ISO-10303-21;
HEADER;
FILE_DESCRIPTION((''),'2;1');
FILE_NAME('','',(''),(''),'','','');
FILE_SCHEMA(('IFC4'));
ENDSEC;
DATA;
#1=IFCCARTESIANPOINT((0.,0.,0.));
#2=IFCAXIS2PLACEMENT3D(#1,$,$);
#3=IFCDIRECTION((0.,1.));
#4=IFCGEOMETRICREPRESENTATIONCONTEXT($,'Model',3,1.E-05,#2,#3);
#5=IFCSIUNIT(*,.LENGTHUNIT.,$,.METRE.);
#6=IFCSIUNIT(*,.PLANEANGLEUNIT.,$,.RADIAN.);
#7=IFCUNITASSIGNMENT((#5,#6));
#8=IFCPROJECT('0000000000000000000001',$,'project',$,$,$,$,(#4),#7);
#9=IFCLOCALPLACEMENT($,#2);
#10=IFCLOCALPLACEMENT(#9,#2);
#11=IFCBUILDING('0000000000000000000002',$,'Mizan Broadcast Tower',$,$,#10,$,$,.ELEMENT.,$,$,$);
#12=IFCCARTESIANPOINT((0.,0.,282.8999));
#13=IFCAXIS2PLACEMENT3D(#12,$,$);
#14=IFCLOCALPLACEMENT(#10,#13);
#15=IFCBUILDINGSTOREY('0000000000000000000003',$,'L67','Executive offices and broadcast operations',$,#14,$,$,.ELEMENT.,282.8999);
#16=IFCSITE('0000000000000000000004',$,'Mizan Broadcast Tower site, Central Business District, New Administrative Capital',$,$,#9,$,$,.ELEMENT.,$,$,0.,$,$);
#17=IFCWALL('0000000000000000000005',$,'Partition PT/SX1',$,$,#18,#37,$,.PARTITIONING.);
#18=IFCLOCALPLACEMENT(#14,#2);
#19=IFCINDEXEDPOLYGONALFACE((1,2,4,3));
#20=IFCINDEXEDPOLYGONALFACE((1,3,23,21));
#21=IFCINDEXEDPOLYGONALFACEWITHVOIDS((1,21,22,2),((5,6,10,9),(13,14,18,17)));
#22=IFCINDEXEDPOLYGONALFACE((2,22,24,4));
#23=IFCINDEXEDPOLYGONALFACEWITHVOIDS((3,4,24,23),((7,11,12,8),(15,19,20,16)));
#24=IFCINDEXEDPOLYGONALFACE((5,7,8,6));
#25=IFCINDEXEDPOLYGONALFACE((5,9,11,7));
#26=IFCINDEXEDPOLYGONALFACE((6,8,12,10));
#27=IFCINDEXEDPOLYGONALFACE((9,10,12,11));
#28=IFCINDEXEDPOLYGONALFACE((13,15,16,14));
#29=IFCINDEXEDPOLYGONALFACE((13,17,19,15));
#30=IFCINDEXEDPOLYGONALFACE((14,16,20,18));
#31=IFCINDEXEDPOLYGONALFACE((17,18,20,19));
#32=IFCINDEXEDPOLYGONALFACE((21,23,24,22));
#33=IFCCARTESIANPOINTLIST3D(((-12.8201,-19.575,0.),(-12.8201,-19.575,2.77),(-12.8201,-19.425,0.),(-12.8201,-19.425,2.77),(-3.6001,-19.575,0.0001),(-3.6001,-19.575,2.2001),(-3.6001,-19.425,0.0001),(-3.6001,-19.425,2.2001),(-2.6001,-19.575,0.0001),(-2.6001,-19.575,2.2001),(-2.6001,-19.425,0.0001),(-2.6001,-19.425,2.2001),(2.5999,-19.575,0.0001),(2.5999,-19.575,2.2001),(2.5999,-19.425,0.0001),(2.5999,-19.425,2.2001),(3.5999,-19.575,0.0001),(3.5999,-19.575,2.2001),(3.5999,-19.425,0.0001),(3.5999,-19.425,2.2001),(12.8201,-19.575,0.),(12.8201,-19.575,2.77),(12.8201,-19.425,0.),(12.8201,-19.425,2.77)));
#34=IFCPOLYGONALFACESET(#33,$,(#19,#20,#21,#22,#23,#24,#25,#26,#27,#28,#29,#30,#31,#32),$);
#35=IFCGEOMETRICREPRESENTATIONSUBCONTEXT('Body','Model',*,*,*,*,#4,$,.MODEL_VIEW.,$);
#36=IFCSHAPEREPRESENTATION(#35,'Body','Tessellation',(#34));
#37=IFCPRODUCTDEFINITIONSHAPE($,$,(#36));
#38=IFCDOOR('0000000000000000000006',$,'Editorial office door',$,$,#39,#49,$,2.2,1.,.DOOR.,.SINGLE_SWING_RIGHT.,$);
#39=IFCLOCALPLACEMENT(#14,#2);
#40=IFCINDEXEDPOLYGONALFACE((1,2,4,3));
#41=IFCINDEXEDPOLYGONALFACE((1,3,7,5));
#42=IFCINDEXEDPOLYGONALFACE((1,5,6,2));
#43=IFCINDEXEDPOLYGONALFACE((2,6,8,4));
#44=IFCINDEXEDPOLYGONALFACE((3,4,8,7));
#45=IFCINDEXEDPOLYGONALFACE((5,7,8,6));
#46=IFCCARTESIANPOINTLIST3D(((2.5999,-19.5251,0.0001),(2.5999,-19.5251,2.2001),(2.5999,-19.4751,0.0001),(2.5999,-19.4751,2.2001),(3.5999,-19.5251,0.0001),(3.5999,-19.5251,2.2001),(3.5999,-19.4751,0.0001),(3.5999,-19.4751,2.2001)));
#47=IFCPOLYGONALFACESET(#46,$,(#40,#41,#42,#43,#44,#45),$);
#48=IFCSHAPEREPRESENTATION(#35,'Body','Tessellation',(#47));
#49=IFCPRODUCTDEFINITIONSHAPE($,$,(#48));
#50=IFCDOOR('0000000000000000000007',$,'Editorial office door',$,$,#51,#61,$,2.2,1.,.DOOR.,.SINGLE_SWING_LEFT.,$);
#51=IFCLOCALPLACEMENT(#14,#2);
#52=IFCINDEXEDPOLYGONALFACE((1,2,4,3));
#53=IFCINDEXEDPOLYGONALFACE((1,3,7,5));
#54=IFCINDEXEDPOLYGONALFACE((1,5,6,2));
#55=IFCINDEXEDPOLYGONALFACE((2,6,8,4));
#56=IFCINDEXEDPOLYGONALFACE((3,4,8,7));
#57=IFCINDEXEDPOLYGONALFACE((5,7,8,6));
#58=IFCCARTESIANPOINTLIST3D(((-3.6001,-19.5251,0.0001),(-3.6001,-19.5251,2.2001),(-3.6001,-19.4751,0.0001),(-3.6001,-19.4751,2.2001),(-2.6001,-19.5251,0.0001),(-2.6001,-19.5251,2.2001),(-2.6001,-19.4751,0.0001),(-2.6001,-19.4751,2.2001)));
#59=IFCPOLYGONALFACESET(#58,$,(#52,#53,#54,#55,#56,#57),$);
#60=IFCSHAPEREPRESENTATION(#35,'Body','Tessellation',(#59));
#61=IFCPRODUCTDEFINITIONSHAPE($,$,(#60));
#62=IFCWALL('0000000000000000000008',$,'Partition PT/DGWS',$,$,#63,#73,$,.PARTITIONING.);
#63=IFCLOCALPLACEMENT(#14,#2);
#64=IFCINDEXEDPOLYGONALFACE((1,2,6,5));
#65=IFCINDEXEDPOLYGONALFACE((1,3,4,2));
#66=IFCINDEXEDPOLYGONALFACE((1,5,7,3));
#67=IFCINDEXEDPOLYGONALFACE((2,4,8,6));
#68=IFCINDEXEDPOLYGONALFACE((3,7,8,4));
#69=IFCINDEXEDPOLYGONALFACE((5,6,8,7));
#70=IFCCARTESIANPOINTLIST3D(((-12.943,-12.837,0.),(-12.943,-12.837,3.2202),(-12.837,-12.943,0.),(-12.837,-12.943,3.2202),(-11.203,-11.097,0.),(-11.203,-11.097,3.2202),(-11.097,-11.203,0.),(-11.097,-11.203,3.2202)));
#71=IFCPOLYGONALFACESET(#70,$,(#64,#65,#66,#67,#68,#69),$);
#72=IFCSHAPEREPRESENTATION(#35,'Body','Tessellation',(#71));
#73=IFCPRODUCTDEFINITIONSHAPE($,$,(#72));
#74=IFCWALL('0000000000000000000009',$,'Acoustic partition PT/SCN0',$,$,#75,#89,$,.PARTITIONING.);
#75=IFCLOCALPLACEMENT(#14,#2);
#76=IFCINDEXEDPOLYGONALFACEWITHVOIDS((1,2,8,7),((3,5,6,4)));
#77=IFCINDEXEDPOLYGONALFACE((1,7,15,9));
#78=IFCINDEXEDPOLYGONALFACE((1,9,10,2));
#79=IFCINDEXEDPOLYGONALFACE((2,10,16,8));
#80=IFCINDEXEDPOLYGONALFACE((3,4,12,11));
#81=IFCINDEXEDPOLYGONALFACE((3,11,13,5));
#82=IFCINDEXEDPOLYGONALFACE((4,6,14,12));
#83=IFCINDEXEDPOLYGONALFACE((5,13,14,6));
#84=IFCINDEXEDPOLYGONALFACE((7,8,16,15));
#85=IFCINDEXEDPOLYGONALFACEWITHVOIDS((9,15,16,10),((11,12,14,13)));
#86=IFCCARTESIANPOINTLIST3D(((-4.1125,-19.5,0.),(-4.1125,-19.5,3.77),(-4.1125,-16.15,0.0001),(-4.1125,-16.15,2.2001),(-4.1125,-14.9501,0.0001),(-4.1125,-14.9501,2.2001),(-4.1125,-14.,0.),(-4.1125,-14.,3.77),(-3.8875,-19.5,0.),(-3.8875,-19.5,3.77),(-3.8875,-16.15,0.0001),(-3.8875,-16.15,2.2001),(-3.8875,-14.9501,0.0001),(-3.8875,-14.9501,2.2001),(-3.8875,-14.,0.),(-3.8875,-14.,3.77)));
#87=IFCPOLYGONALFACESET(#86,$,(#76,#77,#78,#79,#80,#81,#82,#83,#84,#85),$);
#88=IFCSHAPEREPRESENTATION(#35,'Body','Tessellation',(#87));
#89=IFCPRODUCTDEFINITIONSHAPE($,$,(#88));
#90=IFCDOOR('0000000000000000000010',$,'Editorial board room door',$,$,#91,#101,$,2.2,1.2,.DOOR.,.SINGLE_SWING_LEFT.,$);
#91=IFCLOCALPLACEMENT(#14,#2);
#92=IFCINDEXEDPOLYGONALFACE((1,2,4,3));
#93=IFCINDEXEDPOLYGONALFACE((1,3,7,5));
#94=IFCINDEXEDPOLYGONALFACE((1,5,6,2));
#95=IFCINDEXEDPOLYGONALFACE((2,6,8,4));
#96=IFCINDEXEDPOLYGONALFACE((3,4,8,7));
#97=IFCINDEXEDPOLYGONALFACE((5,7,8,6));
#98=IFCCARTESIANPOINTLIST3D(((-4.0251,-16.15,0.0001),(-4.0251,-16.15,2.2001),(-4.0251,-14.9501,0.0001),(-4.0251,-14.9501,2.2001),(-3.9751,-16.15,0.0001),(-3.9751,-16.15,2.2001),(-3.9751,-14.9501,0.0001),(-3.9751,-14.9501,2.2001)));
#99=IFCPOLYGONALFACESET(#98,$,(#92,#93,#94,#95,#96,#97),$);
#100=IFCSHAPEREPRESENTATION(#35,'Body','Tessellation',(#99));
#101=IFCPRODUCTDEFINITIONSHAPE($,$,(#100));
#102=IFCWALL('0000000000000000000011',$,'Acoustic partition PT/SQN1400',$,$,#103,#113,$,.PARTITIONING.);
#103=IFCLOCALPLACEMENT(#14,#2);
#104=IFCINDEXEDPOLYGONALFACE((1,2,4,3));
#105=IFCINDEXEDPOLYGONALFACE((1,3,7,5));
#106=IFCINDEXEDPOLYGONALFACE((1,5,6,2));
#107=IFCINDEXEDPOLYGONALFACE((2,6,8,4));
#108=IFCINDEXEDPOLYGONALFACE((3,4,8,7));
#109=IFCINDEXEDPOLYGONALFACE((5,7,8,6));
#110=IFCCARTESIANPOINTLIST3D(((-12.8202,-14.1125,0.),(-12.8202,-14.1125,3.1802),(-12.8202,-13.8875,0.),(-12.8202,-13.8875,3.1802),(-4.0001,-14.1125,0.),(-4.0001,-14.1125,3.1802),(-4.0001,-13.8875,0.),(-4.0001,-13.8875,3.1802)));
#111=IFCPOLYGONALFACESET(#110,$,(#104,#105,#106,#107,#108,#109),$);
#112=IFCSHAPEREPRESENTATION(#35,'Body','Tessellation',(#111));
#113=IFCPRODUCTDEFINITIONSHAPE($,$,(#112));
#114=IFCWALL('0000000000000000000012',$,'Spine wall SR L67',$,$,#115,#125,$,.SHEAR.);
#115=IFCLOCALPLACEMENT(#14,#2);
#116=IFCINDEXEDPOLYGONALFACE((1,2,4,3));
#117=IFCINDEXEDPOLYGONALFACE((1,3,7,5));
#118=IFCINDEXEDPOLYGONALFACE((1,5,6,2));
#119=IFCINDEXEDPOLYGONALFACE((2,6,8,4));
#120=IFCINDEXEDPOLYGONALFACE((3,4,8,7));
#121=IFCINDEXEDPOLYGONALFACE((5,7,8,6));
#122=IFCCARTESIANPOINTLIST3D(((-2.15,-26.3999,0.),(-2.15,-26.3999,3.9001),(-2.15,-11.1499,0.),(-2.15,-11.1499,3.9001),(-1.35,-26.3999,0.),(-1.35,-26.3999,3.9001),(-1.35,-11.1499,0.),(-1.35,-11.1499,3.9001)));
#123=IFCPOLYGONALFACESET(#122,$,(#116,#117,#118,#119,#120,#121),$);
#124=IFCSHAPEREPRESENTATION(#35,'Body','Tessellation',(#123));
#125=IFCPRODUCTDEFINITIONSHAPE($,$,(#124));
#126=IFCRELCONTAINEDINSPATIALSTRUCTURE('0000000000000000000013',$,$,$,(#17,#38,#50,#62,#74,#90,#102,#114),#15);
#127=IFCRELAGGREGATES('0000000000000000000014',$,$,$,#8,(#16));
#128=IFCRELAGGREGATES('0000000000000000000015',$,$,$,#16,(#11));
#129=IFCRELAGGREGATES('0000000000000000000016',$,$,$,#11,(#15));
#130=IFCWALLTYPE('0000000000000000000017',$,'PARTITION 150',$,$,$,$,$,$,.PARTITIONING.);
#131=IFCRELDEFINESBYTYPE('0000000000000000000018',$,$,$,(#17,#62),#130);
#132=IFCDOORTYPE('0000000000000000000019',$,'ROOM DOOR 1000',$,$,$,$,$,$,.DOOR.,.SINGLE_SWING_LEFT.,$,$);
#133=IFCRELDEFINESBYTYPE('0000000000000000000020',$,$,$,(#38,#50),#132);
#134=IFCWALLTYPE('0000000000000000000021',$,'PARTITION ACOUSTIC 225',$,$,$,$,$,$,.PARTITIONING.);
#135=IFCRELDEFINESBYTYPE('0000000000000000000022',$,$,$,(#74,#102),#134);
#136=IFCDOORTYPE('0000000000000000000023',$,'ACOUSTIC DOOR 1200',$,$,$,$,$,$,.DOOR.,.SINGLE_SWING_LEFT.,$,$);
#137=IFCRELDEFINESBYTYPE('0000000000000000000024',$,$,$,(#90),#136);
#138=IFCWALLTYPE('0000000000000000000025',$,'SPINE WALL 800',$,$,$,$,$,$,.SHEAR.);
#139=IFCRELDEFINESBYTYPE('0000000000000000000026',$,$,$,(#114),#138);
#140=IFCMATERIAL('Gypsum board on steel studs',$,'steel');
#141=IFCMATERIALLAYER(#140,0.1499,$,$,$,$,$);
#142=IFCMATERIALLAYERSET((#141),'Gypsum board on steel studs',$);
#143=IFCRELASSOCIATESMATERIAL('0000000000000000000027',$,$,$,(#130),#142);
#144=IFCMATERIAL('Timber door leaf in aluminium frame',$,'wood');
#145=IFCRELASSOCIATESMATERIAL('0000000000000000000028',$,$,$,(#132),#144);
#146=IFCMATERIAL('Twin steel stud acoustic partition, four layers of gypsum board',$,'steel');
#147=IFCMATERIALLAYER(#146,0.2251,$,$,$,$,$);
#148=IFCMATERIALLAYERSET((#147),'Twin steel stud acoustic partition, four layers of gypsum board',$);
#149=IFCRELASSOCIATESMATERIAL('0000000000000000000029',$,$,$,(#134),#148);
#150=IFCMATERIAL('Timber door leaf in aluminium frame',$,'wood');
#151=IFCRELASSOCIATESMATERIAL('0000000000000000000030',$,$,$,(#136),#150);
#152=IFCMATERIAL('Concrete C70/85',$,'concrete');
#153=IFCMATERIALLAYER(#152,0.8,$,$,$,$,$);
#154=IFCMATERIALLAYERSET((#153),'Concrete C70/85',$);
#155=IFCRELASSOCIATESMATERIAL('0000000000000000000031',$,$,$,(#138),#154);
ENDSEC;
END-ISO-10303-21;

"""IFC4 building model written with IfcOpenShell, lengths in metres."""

from ifc_helpers import new_model, si_unit, direction, frame, frame_2d, origin, place, context, subcontext, project, spatial, rectangle, extrude, material, layer, layer_set, type_object, element, fill, save


model = new_model("IFC4")

# Units and contexts
model_context = context("Model", 3, precision=1e-05, world=origin(), true_north=direction((0.0, 1.0)))
body_context = subcontext(model_context, "Body", "Model", "MODEL_VIEW")
ifc_project = project(units=[si_unit("LENGTHUNIT", "METRE"), si_unit("PLANEANGLEUNIT", "RADIAN")], contexts=[model_context])

# Site, building, storey
site_placement = place(None, origin())
site = spatial("IfcSite", under=ifc_project, at=site_placement, Name="Mizan Broadcast Tower site, Central Business District, New Administrative Capital", CompositionType="ELEMENT", RefElevation=0.0)
building_placement = place(site_placement, origin())
building = spatial("IfcBuilding", under=site, at=building_placement, Name="Mizan Broadcast Tower", CompositionType="ELEMENT")
storey_placement = place(building_placement, frame((0.0, 0.0, 282.8999)))
storey = spatial("IfcBuildingStorey", under=building, at=storey_placement, Name="L67", Description="Executive offices and broadcast operations", CompositionType="ELEMENT", Elevation=282.8999)

# Wall, openings, doors
ifc_material_1 = material(Name="Gypsum board on steel studs", Category="steel")
ifc_layer_1 = layer(ifc_material_1, 0.1499)
ifc_layer_set_1 = layer_set([ifc_layer_1], Name="Gypsum board on steel studs")
wall_type_1 = type_object("IfcWallType", Name="PARTITION 150", PredefinedType="PARTITIONING", material=ifc_layer_set_1)
wall_1_placement = place(storey_placement, frame((-12.8201, -19.5, 0.0), z_axis=(0.0, 0.0, 1.0), x_axis=(1.0, 0.0, 0.0)))
wall_1 = element("IfcWall", 1, at=wall_1_placement, inside=storey, type_object=wall_type_1, Name="Partition PT/SX1", PredefinedType="PARTITIONING", context=body_context, shape_type="SweptSolid", body=[
    extrude(rectangle(XDim=25.6401, YDim=0.1499, at=frame_2d((12.8201, 0.0))), origin(), (0.0, 0.0, 1.0), 2.77),
])
opening_1_placement = place(wall_1_placement, frame((15.4199, 0.0, 0.0)))
opening_1 = element("IfcOpeningElement", 2, at=opening_1_placement, cuts=wall_1, PredefinedType="OPENING", context=body_context, shape_type="SweptSolid", body=[
    extrude(rectangle(XDim=1.0, YDim=2.2, at=frame_2d((0.5, 1.1001))), frame((0.0, 0.085, 0.0), z_axis=(0.0, -1.0, 0.0), x_axis=(1.0, 0.0, 0.0)), (0.0, 0.0, 1.0), 0.1699),
])
opening_2_placement = place(wall_1_placement, frame((9.22, 0.0, 0.0)))
opening_2 = element("IfcOpeningElement", 3, at=opening_2_placement, cuts=wall_1, PredefinedType="OPENING", context=body_context, shape_type="SweptSolid", body=[
    extrude(rectangle(XDim=1.0, YDim=2.2, at=frame_2d((0.5, 1.1001))), frame((0.0, 0.085, 0.0), z_axis=(0.0, -1.0, 0.0), x_axis=(1.0, 0.0, 0.0)), (0.0, 0.0, 1.0), 0.1699),
])
ifc_material_2 = material(Name="Timber door leaf in aluminium frame", Category="wood")
door_type_1 = type_object("IfcDoorType", Name="ROOM DOOR 1000", OperationType="SINGLE_SWING_LEFT", PredefinedType="DOOR", material=ifc_material_2)
door_1_placement = place(opening_1_placement, origin())
door_1 = element("IfcDoor", 4, at=door_1_placement, inside=storey, type_object=door_type_1, Name="Editorial office door", OperationType="SINGLE_SWING_RIGHT", OverallHeight=2.2, OverallWidth=1.0, PredefinedType="DOOR", context=body_context, shape_type="SweptSolid", body=[
    extrude(rectangle(XDim=1.0, YDim=2.2, at=frame_2d((0.5, 1.1001))), frame((0.0, 0.0249, 0.0), z_axis=(0.0, -1.0, 0.0), x_axis=(1.0, 0.0, 0.0)), (0.0, 0.0, 1.0), 0.05),
])
fill(opening_1, door_1)
door_2_placement = place(opening_2_placement, origin())
door_2 = element("IfcDoor", 5, at=door_2_placement, inside=storey, type_object=door_type_1, Name="Editorial office door", OperationType="SINGLE_SWING_LEFT", OverallHeight=2.2, OverallWidth=1.0, PredefinedType="DOOR", context=body_context, shape_type="SweptSolid", body=[
    extrude(rectangle(XDim=1.0, YDim=2.2, at=frame_2d((0.5, 1.1001))), frame((0.0, 0.0249, 0.0), z_axis=(0.0, -1.0, 0.0), x_axis=(1.0, 0.0, 0.0)), (0.0, 0.0, 1.0), 0.05),
])
fill(opening_2, door_2)

# Wall
wall_2_placement = place(storey_placement, frame((-11.1499, -11.1499, 0.0), z_axis=(0.0, 0.0, 1.0), x_axis=(-0.707107, -0.707107, 0.0)))
element("IfcWall", 6, at=wall_2_placement, inside=storey, type_object=wall_type_1, Name="Partition PT/DGWS", PredefinedType="PARTITIONING", context=body_context, shape_type="SweptSolid", body=[
    extrude(rectangle(XDim=2.4607, YDim=0.1499, at=frame_2d((1.2305, 0.0))), origin(), (0.0, 0.0, 1.0), 3.2202),
])

# Wall, opening, door
ifc_material_3 = material(Name="Twin steel stud acoustic partition, four layers of gypsum board", Category="steel")
ifc_layer_2 = layer(ifc_material_3, 0.2251)
ifc_layer_set_2 = layer_set([ifc_layer_2], Name="Twin steel stud acoustic partition, four layers of gypsum board")
wall_type_2 = type_object("IfcWallType", Name="PARTITION ACOUSTIC 225", PredefinedType="PARTITIONING", material=ifc_layer_set_2)
wall_3_placement = place(storey_placement, frame((-4.0, -14.0, 0.0), z_axis=(0.0, 0.0, 1.0), x_axis=(0.0, -1.0, 0.0)))
wall_3 = element("IfcWall", 7, at=wall_3_placement, inside=storey, type_object=wall_type_2, Name="Acoustic partition PT/SCN0", PredefinedType="PARTITIONING", context=body_context, shape_type="SweptSolid", body=[
    extrude(rectangle(XDim=5.5, YDim=0.2251, at=frame_2d((2.75, 0.0))), origin(), (0.0, 0.0, 1.0), 3.77),
])
opening_3_placement = place(wall_3_placement, frame((0.95, 0.0, 0.0)))
opening_3 = element("IfcOpeningElement", 8, at=opening_3_placement, cuts=wall_3, PredefinedType="OPENING", context=body_context, shape_type="SweptSolid", body=[
    extrude(rectangle(XDim=1.2, YDim=2.2, at=frame_2d((0.6001, 1.1001))), frame((0.0, 0.1226, 0.0), z_axis=(0.0, -1.0, 0.0), x_axis=(1.0, 0.0, 0.0)), (0.0, 0.0, 1.0), 0.2451),
])
ifc_material_4 = material(Name="Timber door leaf in aluminium frame", Category="wood")
door_type_2 = type_object("IfcDoorType", Name="ACOUSTIC DOOR 1200", OperationType="SINGLE_SWING_LEFT", PredefinedType="DOOR", material=ifc_material_4)
door_3_placement = place(opening_3_placement, origin())
door_3 = element("IfcDoor", 9, at=door_3_placement, inside=storey, type_object=door_type_2, Name="Editorial board room door", OperationType="SINGLE_SWING_LEFT", OverallHeight=2.2, OverallWidth=1.2, PredefinedType="DOOR", context=body_context, shape_type="SweptSolid", body=[
    extrude(rectangle(XDim=1.2, YDim=2.2, at=frame_2d((0.6001, 1.1001))), frame((0.0, 0.0249, 0.0), z_axis=(0.0, -1.0, 0.0), x_axis=(1.0, 0.0, 0.0)), (0.0, 0.0, 1.0), 0.05),
])
fill(opening_3, door_3)

# Walls
wall_4_placement = place(storey_placement, frame((-4.0, -14.0, 0.0), z_axis=(0.0, 0.0, 1.0), x_axis=(-1.0, 0.0, 0.0)))
element("IfcWall", 10, at=wall_4_placement, inside=storey, type_object=wall_type_2, Name="Acoustic partition PT/SQN1400", PredefinedType="PARTITIONING", context=body_context, shape_type="SweptSolid", body=[
    extrude(rectangle(XDim=8.8201, YDim=0.2251, at=frame_2d((4.4102, 0.0))), origin(), (0.0, 0.0, 1.0), 3.1802),
])
ifc_material_5 = material(Name="Concrete C70/85", Category="concrete")
ifc_layer_3 = layer(ifc_material_5, 0.8)
ifc_layer_set_3 = layer_set([ifc_layer_3], Name="Concrete C70/85")
wall_type_3 = type_object("IfcWallType", Name="SPINE WALL 800", PredefinedType="SHEAR", material=ifc_layer_set_3)
wall_5_placement = place(storey_placement, frame((-1.75, -11.1499, 0.0), z_axis=(0.0, 0.0, 1.0), x_axis=(0.0, -1.0, 0.0)))
element("IfcWall", 11, at=wall_5_placement, inside=storey, type_object=wall_type_3, Name="Spine wall SR L67", PredefinedType="SHEAR", context=body_context, shape_type="SweptSolid", body=[
    extrude(rectangle(XDim=15.25, YDim=0.8, at=frame_2d((7.625, 0.0))), origin(), (0.0, 0.0, 1.0), 3.9001),
])

save(model, "model.ifc")
